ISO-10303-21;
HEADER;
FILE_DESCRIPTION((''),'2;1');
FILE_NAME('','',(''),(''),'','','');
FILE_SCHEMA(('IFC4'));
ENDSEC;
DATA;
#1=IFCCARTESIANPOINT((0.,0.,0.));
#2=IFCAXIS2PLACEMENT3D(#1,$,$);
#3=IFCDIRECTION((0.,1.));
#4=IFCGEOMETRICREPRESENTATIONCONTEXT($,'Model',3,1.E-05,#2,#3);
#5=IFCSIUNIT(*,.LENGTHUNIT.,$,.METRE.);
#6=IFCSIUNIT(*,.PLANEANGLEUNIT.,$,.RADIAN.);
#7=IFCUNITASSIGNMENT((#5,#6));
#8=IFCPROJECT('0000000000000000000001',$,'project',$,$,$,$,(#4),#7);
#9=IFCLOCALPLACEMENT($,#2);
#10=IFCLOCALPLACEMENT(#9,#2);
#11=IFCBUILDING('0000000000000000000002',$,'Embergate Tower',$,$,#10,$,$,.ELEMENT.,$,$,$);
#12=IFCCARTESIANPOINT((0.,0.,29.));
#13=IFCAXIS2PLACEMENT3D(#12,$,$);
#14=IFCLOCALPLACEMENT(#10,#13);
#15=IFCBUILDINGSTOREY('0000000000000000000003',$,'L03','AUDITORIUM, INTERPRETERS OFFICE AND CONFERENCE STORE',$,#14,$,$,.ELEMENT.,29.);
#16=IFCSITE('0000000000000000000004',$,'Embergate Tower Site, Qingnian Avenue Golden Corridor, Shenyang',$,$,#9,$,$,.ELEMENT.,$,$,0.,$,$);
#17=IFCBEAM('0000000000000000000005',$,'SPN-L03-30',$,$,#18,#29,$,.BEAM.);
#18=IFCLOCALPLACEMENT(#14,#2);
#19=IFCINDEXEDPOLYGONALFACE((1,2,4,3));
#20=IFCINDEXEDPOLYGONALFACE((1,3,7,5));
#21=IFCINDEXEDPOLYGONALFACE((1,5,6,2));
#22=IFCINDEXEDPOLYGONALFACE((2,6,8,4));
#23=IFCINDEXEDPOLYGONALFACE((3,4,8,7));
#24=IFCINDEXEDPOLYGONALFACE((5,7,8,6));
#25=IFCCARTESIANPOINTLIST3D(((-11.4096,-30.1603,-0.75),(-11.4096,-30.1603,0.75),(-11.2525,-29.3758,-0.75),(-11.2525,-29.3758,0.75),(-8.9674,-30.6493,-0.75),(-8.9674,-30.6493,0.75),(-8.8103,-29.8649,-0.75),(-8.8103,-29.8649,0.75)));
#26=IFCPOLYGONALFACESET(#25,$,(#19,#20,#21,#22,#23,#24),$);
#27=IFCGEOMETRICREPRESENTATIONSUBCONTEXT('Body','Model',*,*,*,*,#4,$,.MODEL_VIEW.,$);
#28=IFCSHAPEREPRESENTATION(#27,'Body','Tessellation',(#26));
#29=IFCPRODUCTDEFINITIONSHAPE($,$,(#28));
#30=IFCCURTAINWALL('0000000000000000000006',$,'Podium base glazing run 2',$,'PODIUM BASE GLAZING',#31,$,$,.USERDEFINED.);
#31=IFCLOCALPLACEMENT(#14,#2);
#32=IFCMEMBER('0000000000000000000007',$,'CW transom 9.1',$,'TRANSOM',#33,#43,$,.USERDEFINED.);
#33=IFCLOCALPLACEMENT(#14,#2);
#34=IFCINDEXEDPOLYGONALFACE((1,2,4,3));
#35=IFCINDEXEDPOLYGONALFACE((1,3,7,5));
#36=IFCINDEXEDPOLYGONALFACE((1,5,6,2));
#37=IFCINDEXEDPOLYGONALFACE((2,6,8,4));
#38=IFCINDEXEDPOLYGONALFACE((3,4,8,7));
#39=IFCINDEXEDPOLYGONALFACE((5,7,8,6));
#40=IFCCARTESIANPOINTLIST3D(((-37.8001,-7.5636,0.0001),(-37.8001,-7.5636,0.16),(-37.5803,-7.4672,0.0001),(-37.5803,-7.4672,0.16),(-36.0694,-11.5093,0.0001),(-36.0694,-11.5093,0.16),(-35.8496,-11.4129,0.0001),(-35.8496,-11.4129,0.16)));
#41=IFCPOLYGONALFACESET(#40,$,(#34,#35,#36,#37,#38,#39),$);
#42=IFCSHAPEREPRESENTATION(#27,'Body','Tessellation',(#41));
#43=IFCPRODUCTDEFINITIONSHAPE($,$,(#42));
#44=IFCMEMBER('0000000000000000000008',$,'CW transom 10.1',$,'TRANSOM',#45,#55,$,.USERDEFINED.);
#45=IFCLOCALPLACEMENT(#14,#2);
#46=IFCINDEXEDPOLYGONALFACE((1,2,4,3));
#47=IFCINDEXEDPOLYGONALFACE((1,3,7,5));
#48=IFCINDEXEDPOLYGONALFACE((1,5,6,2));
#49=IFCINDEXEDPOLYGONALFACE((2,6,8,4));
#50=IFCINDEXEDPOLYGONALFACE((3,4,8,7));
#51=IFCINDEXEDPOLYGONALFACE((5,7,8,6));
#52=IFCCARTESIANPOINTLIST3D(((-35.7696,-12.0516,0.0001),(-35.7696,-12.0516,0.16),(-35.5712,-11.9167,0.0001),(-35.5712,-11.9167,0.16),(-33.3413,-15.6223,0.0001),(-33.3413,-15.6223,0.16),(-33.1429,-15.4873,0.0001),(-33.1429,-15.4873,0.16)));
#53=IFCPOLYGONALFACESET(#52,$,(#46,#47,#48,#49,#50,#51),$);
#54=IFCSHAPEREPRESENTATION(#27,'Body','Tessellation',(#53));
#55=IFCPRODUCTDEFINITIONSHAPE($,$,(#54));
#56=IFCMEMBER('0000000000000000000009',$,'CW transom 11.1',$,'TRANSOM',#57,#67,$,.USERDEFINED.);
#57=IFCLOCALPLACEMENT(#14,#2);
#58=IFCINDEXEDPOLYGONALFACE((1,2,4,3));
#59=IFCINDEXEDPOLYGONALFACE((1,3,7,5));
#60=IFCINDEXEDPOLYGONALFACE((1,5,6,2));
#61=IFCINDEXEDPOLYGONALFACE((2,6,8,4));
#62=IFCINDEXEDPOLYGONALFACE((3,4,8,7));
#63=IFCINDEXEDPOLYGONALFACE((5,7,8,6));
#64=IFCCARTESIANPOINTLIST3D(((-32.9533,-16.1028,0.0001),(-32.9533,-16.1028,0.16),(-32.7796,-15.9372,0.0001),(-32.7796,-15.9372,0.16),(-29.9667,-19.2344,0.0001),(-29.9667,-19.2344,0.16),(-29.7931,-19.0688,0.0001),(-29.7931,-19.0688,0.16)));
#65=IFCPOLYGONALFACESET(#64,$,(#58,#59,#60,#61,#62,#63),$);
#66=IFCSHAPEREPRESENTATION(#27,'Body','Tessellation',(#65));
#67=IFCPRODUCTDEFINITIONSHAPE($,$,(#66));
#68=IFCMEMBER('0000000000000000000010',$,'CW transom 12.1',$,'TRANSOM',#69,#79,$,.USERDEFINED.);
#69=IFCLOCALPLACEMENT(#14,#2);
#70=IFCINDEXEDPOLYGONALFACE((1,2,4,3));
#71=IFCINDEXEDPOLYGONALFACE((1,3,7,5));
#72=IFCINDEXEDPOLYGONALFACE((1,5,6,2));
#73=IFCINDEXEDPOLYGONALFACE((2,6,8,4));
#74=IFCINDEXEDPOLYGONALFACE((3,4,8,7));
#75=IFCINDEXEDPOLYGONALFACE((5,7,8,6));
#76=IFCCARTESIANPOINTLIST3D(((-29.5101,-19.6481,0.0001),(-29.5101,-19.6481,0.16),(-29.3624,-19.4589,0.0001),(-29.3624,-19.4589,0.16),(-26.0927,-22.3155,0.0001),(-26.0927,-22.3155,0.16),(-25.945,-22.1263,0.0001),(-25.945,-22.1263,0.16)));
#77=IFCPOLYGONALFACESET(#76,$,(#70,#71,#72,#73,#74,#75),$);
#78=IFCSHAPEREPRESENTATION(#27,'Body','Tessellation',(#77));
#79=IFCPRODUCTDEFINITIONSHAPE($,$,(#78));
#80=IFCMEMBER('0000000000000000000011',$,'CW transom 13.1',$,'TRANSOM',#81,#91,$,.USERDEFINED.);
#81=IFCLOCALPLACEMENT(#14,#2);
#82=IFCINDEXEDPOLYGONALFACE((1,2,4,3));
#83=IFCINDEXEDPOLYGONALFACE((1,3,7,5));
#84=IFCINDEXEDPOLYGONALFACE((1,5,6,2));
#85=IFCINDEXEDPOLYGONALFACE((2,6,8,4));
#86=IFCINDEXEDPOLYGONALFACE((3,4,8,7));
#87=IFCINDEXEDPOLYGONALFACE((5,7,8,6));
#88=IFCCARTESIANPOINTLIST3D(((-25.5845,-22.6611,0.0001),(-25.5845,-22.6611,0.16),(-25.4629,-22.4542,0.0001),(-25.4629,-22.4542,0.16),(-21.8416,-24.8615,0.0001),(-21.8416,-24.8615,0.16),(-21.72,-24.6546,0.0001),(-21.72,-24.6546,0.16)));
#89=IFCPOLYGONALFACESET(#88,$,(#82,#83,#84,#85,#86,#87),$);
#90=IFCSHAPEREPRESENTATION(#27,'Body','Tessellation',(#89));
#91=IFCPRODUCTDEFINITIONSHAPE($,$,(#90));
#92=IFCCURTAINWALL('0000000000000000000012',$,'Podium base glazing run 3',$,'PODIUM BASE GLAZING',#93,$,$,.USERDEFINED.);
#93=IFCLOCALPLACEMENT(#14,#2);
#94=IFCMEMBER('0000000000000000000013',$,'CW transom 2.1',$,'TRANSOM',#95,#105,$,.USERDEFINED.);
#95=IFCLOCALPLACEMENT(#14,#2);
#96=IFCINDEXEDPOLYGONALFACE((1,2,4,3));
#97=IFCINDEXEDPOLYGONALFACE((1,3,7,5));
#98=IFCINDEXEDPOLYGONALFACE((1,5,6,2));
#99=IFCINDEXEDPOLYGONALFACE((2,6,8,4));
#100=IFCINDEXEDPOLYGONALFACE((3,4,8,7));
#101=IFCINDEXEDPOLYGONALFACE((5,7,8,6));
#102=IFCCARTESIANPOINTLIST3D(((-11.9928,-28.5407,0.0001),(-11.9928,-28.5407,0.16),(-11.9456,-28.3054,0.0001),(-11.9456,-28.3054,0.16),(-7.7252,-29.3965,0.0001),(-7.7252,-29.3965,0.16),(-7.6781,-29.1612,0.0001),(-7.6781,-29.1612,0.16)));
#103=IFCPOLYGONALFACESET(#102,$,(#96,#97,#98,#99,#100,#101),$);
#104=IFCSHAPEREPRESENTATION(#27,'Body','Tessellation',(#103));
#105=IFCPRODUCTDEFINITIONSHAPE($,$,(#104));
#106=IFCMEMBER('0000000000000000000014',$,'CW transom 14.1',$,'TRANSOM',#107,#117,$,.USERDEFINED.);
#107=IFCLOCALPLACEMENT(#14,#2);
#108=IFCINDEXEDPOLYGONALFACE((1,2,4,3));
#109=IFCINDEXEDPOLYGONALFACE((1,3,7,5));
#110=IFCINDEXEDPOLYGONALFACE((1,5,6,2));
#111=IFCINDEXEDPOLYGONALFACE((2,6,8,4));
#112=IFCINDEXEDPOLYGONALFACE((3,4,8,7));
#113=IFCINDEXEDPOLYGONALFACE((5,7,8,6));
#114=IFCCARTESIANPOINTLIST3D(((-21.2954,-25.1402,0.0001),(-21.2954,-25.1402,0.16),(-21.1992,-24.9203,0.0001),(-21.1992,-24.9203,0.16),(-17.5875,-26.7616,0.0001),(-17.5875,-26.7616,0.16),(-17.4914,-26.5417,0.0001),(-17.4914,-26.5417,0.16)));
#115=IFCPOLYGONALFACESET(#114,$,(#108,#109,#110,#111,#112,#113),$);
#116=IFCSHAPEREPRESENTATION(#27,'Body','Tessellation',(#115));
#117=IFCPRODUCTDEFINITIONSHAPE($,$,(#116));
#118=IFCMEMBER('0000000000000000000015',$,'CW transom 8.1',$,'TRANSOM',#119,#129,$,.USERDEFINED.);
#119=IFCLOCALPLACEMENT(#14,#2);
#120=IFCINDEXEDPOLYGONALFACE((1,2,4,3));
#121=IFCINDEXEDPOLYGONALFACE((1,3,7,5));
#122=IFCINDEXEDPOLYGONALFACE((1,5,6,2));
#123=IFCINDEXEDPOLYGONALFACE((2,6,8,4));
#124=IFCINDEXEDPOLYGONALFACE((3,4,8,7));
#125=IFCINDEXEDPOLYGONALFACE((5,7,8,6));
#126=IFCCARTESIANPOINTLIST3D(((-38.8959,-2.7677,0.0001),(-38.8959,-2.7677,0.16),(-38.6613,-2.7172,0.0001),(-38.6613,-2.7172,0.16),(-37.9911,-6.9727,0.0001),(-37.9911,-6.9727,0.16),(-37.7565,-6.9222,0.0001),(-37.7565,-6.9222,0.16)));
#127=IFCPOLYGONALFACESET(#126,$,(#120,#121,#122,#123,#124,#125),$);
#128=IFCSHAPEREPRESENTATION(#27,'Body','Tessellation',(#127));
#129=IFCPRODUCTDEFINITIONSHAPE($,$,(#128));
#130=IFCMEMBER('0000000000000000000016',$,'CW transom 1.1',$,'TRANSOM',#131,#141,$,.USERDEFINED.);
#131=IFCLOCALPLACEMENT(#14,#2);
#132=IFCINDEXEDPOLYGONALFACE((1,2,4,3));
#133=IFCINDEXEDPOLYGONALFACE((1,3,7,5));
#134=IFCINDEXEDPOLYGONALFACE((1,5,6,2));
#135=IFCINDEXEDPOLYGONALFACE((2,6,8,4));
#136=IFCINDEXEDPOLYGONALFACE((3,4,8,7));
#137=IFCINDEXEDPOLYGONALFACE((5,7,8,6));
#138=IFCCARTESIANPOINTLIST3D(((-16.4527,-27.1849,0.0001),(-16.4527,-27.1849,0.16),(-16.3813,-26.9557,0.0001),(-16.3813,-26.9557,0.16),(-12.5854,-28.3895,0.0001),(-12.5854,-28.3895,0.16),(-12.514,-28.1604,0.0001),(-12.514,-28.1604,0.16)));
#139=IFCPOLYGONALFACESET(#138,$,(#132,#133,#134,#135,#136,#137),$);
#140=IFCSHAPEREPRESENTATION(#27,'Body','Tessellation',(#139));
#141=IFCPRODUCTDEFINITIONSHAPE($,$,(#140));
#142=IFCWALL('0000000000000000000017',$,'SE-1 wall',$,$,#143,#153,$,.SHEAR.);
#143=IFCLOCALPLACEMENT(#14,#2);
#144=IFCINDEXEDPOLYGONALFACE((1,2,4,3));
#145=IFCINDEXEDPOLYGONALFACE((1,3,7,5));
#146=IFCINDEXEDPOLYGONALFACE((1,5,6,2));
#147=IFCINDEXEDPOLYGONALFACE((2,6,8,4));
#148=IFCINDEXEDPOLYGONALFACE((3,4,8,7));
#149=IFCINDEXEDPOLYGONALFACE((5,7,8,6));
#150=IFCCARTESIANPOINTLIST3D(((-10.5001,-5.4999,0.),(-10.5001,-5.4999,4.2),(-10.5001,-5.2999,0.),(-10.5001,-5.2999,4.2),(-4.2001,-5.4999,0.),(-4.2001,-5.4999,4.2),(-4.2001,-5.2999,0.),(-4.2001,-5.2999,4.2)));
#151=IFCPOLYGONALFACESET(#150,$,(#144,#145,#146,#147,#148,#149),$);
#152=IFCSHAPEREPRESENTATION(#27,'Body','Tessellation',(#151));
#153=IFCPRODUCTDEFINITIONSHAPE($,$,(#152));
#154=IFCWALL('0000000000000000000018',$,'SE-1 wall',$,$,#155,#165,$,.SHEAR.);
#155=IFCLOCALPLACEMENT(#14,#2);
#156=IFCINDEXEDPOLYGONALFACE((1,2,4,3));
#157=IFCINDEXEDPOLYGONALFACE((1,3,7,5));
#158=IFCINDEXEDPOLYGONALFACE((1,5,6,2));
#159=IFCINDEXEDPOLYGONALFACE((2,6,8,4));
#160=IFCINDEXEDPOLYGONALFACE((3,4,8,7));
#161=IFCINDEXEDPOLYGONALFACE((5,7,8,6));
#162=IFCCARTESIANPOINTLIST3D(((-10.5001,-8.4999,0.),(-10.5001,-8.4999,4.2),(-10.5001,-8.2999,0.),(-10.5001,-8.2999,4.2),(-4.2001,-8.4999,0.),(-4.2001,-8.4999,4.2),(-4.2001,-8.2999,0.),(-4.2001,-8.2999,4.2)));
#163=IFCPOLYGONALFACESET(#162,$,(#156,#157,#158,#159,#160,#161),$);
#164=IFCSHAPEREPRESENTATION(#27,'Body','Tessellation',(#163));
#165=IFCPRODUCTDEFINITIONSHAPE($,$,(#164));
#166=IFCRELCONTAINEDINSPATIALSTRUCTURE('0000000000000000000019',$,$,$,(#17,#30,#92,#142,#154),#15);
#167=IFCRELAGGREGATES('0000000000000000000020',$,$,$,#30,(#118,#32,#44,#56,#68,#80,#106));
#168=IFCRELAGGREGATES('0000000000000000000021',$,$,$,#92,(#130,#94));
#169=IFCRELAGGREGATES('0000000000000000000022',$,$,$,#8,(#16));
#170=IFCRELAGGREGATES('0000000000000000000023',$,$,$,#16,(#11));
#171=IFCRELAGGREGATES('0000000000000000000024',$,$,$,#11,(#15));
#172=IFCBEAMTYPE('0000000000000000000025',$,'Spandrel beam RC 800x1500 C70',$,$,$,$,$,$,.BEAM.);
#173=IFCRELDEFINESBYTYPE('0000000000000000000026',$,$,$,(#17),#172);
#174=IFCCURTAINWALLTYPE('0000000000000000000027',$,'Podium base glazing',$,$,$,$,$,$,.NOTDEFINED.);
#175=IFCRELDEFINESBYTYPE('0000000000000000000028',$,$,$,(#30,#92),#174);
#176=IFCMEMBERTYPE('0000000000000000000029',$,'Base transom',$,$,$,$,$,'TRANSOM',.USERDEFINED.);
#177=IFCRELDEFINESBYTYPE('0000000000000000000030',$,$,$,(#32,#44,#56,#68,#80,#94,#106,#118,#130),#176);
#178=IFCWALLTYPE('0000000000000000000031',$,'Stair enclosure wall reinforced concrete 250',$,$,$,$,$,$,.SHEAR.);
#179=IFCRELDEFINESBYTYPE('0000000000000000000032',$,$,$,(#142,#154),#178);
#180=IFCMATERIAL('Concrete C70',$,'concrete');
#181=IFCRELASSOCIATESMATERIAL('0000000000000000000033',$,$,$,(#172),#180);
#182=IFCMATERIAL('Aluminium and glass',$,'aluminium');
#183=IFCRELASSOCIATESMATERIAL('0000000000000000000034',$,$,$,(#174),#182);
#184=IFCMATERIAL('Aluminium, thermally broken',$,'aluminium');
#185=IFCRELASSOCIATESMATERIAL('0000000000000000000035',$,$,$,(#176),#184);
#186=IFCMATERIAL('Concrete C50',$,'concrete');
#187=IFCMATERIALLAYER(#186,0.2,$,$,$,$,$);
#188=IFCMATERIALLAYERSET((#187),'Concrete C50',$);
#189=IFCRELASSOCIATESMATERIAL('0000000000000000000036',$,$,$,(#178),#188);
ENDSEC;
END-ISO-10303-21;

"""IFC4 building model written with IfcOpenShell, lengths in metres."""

from ifc_helpers import new_model, si_unit, direction, frame, frame_2d, origin, origin_2d, place, context, subcontext, project, spatial, rectangle, extrude, source, transform, mapped, material, layer, layer_set, material_profile, profile_set, type_object, element, aggregate, save


model = new_model("IFC4")

# Units and contexts
model_context = context("Model", 3, precision=1e-05, world=origin(), true_north=direction((0.0, 1.0)))
body_context = subcontext(model_context, "Body", "Model", "MODEL_VIEW")
ifc_project = project(units=[si_unit("LENGTHUNIT", "METRE"), si_unit("PLANEANGLEUNIT", "RADIAN")], contexts=[model_context])

# Site, building, storey
site_placement = place(None, origin())
site = spatial("IfcSite", under=ifc_project, at=site_placement, Name="Embergate Tower Site, Qingnian Avenue Golden Corridor, Shenyang", CompositionType="ELEMENT", RefElevation=0.0)
building_placement = place(site_placement, origin())
building = spatial("IfcBuilding", under=site, at=building_placement, Name="Embergate Tower", CompositionType="ELEMENT")
storey_placement = place(building_placement, frame((0.0, 0.0, 29.0)))
storey = spatial("IfcBuildingStorey", under=building, at=storey_placement, Name="L03", Description="AUDITORIUM, INTERPRETERS OFFICE AND CONFERENCE STORE", CompositionType="ELEMENT", Elevation=29.0)

# Beam
ifc_material_1 = material(Name="Concrete C70", Category="concrete")
ifc_material_profile_1 = material_profile(ifc_material_1, rectangle(XDim=0.8, YDim=1.5, at=origin_2d()), Name="RC 800x1500")
ifc_profile_set_1 = profile_set([ifc_material_profile_1], Name="Concrete C70")
beam_type = type_object("IfcBeamType", Name="Spandrel beam RC 800x1500 C70", PredefinedType="BEAM", material=ifc_profile_set_1)
shared_shape_1 = source(origin(), body_context, "Body", "SweptSolid", [
    extrude(rectangle(XDim=0.8, YDim=1.5, at=origin_2d()), origin(), (0.0, 0.0, 1.0), 2.4907),
])
beam_placement = place(storey_placement, frame((-11.3311, -29.7681, 0.0), z_axis=(0.980535, -0.196342, 0.0), x_axis=(0.196342, 0.980535, 0.0)))
element("IfcBeam", 1, at=beam_placement, inside=storey, type_object=beam_type, Name="SPN-L03-30", PredefinedType="BEAM", context=body_context, shape_type="MappedRepresentation", body=[
    mapped(shared_shape_1, transform((0.0, 0.0, 0.0))),
])

# Curtain wall, members
ifc_material_2 = material(Name="Aluminium and glass", Category="aluminium")
curtain_wall_type = type_object("IfcCurtainWallType", Name="Podium base glazing", PredefinedType="NOTDEFINED", material=ifc_material_2)
curtain_wall_1_placement = place(storey_placement, origin())
curtain_wall_1 = element("IfcCurtainWall", 2, at=curtain_wall_1_placement, inside=storey, type_object=curtain_wall_type, Name="Podium base glazing run 2", ObjectType="PODIUM BASE GLAZING", PredefinedType="USERDEFINED")
ifc_material_3 = material(Name="Aluminium, thermally broken", Category="aluminium")
ifc_material_profile_2 = material_profile(ifc_material_3, rectangle(XDim=0.24, YDim=0.1599, at=origin_2d()), Name="AL 160x240")
ifc_profile_set_2 = profile_set([ifc_material_profile_2], Name="Aluminium, thermally broken")
member_type = type_object("IfcMemberType", Name="Base transom", ElementType="TRANSOM", PredefinedType="USERDEFINED", material=ifc_profile_set_2)
shared_shape_2 = source(origin(), body_context, "Body", "SweptSolid", [
    extrude(rectangle(XDim=0.24, YDim=0.1599, at=origin_2d()), origin(), (0.0, 0.0, 1.0), 4.3086),
])
member_1_placement = place(storey_placement, frame((-37.6902, -7.5154, 0.0801), z_axis=(0.401681, -0.91578, 0.0), x_axis=(0.91578, 0.401681, 0.0)))
member_1 = element("IfcMember", 3, at=member_1_placement, type_object=member_type, Name="CW transom 9.1", ObjectType="TRANSOM", PredefinedType="USERDEFINED", context=body_context, shape_type="MappedRepresentation", body=[
    mapped(shared_shape_2, transform((0.0, 0.0, 0.0))),
])
shared_shape_3 = source(origin(), body_context, "Body", "SweptSolid", [
    extrude(rectangle(XDim=0.24, YDim=0.1599, at=origin_2d()), origin(), (0.0, 0.0, 1.0), 4.3181),
])
member_2_placement = place(storey_placement, frame((-35.6704, -11.9841, 0.0801), z_axis=(0.562349, -0.8269, 0.0), x_axis=(0.8269, 0.562349, 0.0)))
member_2 = element("IfcMember", 4, at=member_2_placement, type_object=member_type, Name="CW transom 10.1", ObjectType="TRANSOM", PredefinedType="USERDEFINED", context=body_context, shape_type="MappedRepresentation", body=[
    mapped(shared_shape_3, transform((0.0, 0.0, 0.0))),
])
shared_shape_4 = source(origin(), body_context, "Body", "SweptSolid", [
    extrude(rectangle(XDim=0.24, YDim=0.1599, at=origin_2d()), origin(), (0.0, 0.0, 1.0), 4.3274),
])
member_3_placement = place(storey_placement, frame((-32.8665, -16.02, 0.0801), z_axis=(0.690152, -0.723664, 0.0), x_axis=(0.723664, 0.690152, 0.0)))
member_3 = element("IfcMember", 5, at=member_3_placement, type_object=member_type, Name="CW transom 11.1", ObjectType="TRANSOM", PredefinedType="USERDEFINED", context=body_context, shape_type="MappedRepresentation", body=[
    mapped(shared_shape_4, transform((0.0, 0.0, 0.0))),
])
shared_shape_5 = source(origin(), body_context, "Body", "SweptSolid", [
    extrude(rectangle(XDim=0.24, YDim=0.1599, at=origin_2d()), origin(), (0.0, 0.0, 1.0), 4.3352),
])
member_4_placement = place(storey_placement, frame((-29.4363, -19.5535, 0.0801), z_axis=(0.788296, -0.615296, 0.0), x_axis=(0.615296, 0.788296, 0.0)))
member_4 = element("IfcMember", 6, at=member_4_placement, type_object=member_type, Name="CW transom 12.1", ObjectType="TRANSOM", PredefinedType="USERDEFINED", context=body_context, shape_type="MappedRepresentation", body=[
    mapped(shared_shape_5, transform((0.0, 0.0, 0.0))),
])
shared_shape_6 = source(origin(), body_context, "Body", "SweptSolid", [
    extrude(rectangle(XDim=0.24, YDim=0.1599, at=origin_2d()), origin(), (0.0, 0.0, 1.0), 4.3418),
])
member_5_placement = place(storey_placement, frame((-25.5237, -22.5576, 0.0801), z_axis=(0.862063, -0.506801, 0.0), x_axis=(0.506801, 0.862063, 0.0)))
member_5 = element("IfcMember", 7, at=member_5_placement, type_object=member_type, Name="CW transom 13.1", ObjectType="TRANSOM", PredefinedType="USERDEFINED", context=body_context, shape_type="MappedRepresentation", body=[
    mapped(shared_shape_6, transform((0.0, 0.0, 0.0))),
])

# Curtain wall, member
curtain_wall_2_placement = place(storey_placement, origin())
curtain_wall_2 = element("IfcCurtainWall", 8, at=curtain_wall_2_placement, inside=storey, type_object=curtain_wall_type, Name="Podium base glazing run 3", ObjectType="PODIUM BASE GLAZING", PredefinedType="USERDEFINED")
shared_shape_7 = source(origin(), body_context, "Body", "SweptSolid", [
    extrude(rectangle(XDim=0.24, YDim=0.1599, at=origin_2d()), origin(), (0.0, 0.0, 1.0), 4.3525),
])
member_6_placement = place(storey_placement, frame((-11.9692, -28.4231, 0.0801), z_axis=(0.980483, -0.196602, 0.0), x_axis=(0.196602, 0.980483, 0.0)))
member_6 = element("IfcMember", 9, at=member_6_placement, type_object=member_type, Name="CW transom 2.1", ObjectType="TRANSOM", PredefinedType="USERDEFINED", context=body_context, shape_type="MappedRepresentation", body=[
    mapped(shared_shape_7, transform((0.0, 0.0, 0.0))),
])

# Members
shared_shape_8 = source(origin(), body_context, "Body", "SweptSolid", [
    extrude(rectangle(XDim=0.24, YDim=0.1599, at=origin_2d()), origin(), (0.0, 0.0, 1.0), 4.0469),
])
member_7_placement = place(storey_placement, frame((-21.2473, -25.0303, 0.0801), z_axis=(0.916231, -0.400651, 0.0), x_axis=(0.400651, 0.916231, 0.0)))
member_7 = element("IfcMember", 10, at=member_7_placement, type_object=member_type, Name="CW transom 14.1", ObjectType="TRANSOM", PredefinedType="USERDEFINED", context=body_context, shape_type="MappedRepresentation", body=[
    mapped(shared_shape_8, transform((0.0, 0.0, 0.0))),
])
shared_shape_9 = source(origin(), body_context, "Body", "SweptSolid", [
    extrude(rectangle(XDim=0.24, YDim=0.1599, at=origin_2d()), origin(), (0.0, 0.0, 1.0), 4.3013),
])
member_8_placement = place(storey_placement, frame((-38.7786, -2.7424, 0.0801), z_axis=(0.210351, -0.977626, 0.0), x_axis=(0.977626, 0.210351, 0.0)))
member_8 = element("IfcMember", 11, at=member_8_placement, type_object=member_type, Name="CW transom 8.1", ObjectType="TRANSOM", PredefinedType="USERDEFINED", context=body_context, shape_type="MappedRepresentation", body=[
    mapped(shared_shape_9, transform((0.0, 0.0, 0.0))),
])
aggregate(curtain_wall_1, [member_8, member_1, member_2, member_3, member_4, member_5, member_7])
shared_shape_10 = source(origin(), body_context, "Body", "SweptSolid", [
    extrude(rectangle(XDim=0.24, YDim=0.1599, at=origin_2d()), origin(), (0.0, 0.0, 1.0), 4.0505),
])
member_9_placement = place(storey_placement, frame((-16.417, -27.0703, 0.0801), z_axis=(0.954754, -0.297396, 0.0), x_axis=(0.297396, 0.954754, 0.0)))
member_9 = element("IfcMember", 12, at=member_9_placement, type_object=member_type, Name="CW transom 1.1", ObjectType="TRANSOM", PredefinedType="USERDEFINED", context=body_context, shape_type="MappedRepresentation", body=[
    mapped(shared_shape_10, transform((0.0, 0.0, 0.0))),
])
aggregate(curtain_wall_2, [member_9, member_6])

# Walls
ifc_material_4 = material(Name="Concrete C50", Category="concrete")
ifc_layer_1 = layer(ifc_material_4, 0.2)
ifc_layer_set_1 = layer_set([ifc_layer_1], Name="Concrete C50")
wall_type_1 = type_object("IfcWallType", Name="Stair enclosure wall reinforced concrete 250", PredefinedType="SHEAR", material=ifc_layer_set_1)
shared_shape_11 = source(origin(), body_context, "Body", "SweptSolid", [
    extrude(rectangle(XDim=6.3, YDim=0.2, at=frame_2d((3.1499, 0.0))), origin(), (0.0, 0.0, 1.0), 4.2),
])
for number, where, z_axis, x_axis, name in (
    (13, (-10.5, -5.3999, 0.0), (0.0, 0.0, 1.0), (1.0, 0.0, 0.0), "SE-1 wall"),
    (14, (-10.5, -8.3999, 0.0), (0.0, 0.0, 1.0), (1.0, 0.0, 0.0), "SE-1 wall"),
):
    element("IfcWall", number, at=place(storey_placement, frame(where, z_axis=z_axis, x_axis=x_axis)), inside=storey, type_object=wall_type_1, Name=name, PredefinedType="SHEAR", context=body_context, shape_type="MappedRepresentation", body=[
        mapped(shared_shape_11, transform((0.0, 0.0, 0.0))),
    ])

save(model, "model.ifc")
